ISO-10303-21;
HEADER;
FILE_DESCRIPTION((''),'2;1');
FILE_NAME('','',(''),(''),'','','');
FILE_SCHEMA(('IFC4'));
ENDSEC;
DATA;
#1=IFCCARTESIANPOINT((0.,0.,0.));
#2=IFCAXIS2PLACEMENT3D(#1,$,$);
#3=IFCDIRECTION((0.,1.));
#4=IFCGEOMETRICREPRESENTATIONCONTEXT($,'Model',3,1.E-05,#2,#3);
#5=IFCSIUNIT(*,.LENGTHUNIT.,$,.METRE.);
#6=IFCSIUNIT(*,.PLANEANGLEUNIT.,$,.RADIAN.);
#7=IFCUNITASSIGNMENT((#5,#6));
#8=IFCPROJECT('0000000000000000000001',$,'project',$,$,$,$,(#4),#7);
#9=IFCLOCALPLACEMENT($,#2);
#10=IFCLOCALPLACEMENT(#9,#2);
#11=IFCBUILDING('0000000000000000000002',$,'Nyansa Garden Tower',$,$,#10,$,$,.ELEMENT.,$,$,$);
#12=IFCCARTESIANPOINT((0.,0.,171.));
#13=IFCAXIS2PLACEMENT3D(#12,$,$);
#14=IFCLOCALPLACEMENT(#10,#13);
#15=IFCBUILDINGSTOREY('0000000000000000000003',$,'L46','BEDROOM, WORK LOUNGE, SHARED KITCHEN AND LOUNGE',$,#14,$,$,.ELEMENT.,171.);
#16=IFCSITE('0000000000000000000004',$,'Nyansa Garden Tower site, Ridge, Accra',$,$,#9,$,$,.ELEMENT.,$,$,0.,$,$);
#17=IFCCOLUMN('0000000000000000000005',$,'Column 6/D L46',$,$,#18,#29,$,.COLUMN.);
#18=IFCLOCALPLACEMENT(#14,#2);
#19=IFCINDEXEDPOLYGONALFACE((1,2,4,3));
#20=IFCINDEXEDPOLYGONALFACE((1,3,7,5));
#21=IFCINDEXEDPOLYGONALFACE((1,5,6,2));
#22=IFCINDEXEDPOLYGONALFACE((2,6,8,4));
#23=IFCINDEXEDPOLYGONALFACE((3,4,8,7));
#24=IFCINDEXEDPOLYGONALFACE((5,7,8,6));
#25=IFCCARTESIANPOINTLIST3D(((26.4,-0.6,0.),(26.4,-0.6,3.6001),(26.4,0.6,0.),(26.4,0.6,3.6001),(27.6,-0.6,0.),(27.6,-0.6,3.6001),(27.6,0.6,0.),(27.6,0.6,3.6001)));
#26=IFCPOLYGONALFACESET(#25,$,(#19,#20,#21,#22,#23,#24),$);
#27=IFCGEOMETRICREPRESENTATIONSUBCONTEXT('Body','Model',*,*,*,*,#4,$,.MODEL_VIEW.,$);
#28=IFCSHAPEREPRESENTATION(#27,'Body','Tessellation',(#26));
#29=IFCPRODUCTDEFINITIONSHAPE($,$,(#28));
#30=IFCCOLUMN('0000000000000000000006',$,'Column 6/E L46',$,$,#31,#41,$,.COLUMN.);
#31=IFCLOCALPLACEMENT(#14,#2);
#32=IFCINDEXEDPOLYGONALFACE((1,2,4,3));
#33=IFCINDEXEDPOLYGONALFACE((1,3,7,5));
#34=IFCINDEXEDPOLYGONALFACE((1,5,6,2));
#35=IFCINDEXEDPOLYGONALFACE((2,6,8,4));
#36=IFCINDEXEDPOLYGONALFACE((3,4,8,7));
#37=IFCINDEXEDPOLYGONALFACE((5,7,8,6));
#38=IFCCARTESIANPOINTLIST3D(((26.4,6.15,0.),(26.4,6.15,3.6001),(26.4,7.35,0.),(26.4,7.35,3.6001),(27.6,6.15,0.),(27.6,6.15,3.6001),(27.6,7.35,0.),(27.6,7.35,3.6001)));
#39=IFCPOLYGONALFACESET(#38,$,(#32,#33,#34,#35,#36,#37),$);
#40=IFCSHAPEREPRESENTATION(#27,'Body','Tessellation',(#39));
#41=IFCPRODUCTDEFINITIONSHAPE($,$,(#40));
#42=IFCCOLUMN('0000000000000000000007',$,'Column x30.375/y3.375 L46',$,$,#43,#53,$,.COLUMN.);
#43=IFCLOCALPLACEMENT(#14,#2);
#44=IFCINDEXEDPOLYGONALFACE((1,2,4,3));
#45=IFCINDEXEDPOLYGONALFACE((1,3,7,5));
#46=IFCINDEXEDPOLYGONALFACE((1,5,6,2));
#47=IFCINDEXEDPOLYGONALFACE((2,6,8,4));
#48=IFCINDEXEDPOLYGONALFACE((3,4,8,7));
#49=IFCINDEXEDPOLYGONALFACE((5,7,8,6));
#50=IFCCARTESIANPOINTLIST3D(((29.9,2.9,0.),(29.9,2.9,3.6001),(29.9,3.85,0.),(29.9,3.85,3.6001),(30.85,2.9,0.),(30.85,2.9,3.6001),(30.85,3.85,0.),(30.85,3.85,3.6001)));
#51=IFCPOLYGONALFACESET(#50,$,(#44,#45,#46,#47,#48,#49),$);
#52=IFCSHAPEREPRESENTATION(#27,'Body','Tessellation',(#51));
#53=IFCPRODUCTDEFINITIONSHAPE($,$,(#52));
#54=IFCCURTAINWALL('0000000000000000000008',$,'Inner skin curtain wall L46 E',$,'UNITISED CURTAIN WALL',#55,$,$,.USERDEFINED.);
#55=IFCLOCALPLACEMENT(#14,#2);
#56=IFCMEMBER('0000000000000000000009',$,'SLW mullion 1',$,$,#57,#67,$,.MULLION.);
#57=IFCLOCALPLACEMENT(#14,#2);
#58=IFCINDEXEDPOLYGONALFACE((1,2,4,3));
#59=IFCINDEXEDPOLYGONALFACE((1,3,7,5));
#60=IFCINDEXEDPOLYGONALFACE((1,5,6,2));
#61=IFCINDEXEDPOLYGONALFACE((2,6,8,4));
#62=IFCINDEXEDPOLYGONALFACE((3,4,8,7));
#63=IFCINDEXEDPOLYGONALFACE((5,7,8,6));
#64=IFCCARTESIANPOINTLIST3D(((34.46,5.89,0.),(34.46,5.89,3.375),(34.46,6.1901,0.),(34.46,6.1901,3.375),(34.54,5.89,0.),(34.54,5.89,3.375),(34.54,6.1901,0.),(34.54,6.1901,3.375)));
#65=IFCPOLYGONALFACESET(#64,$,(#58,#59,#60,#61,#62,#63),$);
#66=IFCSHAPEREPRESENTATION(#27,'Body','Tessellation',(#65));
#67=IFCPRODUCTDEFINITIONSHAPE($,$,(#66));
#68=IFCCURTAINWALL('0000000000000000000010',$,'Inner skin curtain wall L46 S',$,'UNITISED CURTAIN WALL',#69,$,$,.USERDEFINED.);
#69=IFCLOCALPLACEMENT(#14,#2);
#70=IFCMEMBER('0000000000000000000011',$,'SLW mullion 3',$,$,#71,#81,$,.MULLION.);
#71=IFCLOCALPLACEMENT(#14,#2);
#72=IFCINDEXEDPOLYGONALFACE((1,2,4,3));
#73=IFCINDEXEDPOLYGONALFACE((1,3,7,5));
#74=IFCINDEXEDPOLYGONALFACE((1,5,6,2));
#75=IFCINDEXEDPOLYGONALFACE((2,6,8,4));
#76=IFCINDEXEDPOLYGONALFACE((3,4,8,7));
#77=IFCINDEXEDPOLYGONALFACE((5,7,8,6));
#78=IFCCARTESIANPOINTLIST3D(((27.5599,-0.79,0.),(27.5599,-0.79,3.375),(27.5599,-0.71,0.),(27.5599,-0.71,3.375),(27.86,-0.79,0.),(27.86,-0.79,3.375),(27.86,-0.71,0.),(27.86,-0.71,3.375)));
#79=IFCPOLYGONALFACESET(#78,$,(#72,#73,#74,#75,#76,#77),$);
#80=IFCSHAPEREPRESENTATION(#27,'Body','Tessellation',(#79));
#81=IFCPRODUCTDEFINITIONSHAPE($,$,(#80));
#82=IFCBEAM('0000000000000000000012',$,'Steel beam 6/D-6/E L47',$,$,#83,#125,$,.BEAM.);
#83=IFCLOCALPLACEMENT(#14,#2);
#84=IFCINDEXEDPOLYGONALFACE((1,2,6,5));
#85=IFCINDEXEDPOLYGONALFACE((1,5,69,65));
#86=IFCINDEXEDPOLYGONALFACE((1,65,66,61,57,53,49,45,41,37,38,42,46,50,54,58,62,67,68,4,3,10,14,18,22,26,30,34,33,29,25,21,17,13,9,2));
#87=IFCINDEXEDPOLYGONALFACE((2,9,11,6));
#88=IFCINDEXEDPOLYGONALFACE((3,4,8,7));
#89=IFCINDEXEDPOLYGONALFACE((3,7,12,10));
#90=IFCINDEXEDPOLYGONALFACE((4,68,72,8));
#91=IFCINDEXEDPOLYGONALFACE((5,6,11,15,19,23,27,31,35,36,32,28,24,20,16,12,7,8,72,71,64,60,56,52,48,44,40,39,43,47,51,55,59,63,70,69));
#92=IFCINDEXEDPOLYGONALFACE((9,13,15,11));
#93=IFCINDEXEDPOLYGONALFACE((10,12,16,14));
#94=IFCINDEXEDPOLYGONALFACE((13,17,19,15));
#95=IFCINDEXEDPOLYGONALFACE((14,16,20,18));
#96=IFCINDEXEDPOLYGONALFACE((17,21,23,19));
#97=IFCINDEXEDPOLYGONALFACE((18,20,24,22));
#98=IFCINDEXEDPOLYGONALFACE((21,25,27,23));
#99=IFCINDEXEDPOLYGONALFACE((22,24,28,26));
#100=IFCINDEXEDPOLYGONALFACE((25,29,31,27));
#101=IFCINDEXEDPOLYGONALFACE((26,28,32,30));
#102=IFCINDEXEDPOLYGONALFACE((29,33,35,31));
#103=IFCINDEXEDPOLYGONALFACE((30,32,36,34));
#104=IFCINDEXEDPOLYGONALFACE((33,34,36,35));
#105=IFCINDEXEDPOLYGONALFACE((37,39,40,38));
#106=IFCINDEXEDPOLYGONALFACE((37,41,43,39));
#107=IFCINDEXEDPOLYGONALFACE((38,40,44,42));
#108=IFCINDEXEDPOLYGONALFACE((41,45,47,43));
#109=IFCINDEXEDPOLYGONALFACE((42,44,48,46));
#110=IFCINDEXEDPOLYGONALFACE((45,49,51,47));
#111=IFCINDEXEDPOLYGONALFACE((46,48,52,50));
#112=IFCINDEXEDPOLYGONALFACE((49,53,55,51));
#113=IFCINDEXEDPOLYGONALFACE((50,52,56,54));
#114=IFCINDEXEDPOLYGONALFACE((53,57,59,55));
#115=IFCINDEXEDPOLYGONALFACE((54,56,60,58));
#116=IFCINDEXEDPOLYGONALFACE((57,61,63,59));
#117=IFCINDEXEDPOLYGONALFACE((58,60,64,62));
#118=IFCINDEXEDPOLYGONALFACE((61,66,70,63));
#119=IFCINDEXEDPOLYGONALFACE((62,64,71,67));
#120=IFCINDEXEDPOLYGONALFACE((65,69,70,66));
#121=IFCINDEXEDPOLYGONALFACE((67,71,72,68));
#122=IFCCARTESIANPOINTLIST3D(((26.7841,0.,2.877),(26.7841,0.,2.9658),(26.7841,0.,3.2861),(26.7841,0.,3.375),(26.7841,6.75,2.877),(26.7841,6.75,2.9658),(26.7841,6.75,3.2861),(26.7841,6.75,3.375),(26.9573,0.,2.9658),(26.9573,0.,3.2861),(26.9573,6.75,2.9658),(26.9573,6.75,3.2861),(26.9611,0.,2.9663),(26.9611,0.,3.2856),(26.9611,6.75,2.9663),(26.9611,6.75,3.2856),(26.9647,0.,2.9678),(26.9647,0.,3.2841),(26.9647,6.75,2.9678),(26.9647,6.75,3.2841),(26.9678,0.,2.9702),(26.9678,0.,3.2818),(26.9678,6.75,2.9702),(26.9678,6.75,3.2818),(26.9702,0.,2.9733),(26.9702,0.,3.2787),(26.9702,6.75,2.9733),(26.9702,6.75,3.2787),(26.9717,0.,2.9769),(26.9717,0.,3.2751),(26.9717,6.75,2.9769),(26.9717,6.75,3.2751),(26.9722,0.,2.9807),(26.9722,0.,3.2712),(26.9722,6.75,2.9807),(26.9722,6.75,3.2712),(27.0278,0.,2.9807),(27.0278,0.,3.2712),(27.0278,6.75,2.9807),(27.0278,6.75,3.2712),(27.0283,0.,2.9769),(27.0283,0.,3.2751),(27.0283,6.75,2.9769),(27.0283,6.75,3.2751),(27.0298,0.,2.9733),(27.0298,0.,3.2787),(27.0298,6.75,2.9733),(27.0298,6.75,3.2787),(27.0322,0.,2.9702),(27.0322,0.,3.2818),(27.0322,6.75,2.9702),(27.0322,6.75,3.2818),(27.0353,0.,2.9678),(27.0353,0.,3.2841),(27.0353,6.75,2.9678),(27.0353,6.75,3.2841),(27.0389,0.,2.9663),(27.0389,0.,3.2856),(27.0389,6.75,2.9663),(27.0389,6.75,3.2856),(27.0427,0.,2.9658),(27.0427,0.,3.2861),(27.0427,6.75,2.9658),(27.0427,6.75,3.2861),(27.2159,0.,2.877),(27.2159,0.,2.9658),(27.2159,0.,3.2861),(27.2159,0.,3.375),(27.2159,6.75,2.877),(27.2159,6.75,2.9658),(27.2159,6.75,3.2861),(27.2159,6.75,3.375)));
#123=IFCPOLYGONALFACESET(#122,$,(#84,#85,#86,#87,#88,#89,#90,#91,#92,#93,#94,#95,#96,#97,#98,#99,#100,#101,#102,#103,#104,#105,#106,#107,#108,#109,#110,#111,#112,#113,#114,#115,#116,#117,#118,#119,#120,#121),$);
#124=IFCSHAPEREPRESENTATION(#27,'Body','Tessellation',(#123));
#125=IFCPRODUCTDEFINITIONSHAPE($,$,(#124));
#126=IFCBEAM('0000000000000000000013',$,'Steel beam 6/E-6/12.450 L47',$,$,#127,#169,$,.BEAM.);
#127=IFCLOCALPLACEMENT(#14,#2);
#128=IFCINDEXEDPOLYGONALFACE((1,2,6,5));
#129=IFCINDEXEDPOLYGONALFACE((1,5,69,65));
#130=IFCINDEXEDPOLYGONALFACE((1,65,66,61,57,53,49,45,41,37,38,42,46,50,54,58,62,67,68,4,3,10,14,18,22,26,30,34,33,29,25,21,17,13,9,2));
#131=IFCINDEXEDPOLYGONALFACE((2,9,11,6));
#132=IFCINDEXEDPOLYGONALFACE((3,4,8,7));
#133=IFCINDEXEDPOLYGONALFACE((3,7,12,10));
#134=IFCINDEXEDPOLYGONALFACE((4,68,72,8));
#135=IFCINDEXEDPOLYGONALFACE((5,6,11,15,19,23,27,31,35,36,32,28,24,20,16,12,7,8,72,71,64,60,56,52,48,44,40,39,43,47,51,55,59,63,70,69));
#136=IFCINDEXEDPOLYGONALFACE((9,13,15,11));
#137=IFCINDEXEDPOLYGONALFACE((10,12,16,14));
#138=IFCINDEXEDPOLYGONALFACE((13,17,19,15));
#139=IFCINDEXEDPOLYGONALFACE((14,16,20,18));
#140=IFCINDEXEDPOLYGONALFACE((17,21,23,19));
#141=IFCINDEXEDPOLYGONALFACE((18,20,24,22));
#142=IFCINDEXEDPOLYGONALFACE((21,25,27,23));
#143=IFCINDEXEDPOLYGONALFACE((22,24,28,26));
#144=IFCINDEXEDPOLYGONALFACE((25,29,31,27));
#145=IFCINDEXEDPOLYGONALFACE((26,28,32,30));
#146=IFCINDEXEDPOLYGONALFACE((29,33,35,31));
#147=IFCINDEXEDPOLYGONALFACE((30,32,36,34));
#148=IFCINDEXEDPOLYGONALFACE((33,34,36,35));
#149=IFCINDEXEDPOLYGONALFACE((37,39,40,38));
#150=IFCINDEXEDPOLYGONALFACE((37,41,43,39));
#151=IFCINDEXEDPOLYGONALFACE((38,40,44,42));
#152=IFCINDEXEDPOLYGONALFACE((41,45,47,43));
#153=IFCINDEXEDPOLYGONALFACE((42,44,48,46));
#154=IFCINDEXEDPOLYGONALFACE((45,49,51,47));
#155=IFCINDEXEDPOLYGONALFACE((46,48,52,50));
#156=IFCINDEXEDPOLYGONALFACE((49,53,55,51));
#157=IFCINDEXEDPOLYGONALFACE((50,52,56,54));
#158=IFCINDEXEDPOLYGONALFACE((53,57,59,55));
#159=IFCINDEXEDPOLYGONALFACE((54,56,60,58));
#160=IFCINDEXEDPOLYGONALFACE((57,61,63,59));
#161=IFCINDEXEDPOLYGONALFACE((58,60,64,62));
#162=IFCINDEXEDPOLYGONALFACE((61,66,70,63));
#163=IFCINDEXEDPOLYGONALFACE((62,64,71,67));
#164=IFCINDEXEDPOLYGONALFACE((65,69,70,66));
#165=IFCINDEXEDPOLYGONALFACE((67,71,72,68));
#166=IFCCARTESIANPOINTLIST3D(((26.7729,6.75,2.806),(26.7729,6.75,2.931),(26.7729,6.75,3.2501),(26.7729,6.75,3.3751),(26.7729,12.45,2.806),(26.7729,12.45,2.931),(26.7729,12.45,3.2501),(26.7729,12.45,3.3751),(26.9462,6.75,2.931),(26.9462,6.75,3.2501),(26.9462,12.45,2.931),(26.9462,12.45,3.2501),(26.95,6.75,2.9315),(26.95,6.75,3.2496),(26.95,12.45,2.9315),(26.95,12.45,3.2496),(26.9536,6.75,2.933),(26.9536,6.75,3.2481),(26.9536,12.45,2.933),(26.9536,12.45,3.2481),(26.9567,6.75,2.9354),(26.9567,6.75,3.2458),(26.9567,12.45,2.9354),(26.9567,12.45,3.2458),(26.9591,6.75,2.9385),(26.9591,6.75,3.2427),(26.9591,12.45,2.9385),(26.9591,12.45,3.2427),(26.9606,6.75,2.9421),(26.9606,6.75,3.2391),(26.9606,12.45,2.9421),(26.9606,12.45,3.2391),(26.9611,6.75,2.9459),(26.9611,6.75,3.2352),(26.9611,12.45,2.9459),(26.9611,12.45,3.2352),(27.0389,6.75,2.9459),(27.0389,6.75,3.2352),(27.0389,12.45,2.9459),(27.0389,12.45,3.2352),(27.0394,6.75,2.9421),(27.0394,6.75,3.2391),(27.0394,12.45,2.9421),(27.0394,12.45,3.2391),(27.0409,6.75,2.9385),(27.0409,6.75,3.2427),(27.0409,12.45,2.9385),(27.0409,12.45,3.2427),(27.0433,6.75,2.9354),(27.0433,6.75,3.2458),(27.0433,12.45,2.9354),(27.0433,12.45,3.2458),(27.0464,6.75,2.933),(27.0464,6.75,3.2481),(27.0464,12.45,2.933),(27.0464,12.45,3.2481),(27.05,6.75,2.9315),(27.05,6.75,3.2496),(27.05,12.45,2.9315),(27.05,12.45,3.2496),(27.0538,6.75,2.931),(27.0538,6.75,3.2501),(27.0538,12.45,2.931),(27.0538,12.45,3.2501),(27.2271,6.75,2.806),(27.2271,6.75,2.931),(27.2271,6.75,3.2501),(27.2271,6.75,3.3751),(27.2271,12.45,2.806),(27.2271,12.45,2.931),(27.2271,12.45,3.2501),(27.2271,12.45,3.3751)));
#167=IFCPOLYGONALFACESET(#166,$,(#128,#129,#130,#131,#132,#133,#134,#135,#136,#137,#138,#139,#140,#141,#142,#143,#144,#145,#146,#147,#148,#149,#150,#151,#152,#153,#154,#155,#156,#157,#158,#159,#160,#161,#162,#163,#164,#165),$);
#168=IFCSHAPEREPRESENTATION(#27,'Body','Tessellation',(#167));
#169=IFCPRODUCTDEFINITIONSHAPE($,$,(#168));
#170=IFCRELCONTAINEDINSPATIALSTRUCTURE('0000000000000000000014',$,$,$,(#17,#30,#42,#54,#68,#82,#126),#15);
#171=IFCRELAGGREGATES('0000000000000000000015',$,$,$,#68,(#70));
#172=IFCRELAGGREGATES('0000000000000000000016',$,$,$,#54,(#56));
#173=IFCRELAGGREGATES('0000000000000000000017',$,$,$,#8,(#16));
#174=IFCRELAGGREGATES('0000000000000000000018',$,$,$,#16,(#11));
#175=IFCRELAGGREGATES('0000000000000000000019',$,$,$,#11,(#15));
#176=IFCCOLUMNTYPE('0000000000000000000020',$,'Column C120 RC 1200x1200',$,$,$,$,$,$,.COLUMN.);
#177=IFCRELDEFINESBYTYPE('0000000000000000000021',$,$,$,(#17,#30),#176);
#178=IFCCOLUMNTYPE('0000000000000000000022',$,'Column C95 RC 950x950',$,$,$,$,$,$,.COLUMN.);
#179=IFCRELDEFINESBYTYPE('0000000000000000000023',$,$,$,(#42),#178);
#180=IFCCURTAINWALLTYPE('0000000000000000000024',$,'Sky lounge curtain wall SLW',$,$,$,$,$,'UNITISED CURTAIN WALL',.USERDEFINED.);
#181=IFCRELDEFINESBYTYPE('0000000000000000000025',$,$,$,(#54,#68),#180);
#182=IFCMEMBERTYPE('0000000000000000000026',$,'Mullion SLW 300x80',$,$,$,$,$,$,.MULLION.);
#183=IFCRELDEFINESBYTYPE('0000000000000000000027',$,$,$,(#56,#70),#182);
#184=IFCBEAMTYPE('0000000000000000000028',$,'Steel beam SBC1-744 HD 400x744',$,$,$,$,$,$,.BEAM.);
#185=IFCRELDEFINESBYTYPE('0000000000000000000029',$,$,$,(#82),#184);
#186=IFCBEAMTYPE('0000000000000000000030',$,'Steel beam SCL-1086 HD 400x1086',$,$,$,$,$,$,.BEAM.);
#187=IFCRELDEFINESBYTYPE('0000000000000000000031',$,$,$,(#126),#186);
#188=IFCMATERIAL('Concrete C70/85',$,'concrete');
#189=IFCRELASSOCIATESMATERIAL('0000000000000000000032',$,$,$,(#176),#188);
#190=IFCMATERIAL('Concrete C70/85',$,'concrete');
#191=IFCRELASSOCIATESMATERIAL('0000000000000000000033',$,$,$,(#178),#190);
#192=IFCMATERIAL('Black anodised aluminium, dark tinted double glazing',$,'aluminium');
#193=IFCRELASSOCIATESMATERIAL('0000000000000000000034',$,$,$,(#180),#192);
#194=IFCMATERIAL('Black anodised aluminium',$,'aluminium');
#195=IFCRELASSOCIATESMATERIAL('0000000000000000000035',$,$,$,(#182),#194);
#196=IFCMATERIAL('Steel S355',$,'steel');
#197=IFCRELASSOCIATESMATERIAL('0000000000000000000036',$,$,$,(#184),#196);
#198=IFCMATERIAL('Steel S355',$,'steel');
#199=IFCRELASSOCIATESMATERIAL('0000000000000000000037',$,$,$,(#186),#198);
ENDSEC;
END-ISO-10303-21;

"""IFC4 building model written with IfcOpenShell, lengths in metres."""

from ifc_helpers import new_model, si_unit, direction, frame, origin, origin_2d, place, context, subcontext, project, spatial, rectangle, i_section, extrude, material, material_profile, profile_set, type_object, element, aggregate, save


model = new_model("IFC4")

# Units and contexts
model_context = context("Model", 3, precision=1e-05, world=origin(), true_north=direction((0.0, 1.0)))
body_context = subcontext(model_context, "Body", "Model", "MODEL_VIEW")
ifc_project = project(units=[si_unit("LENGTHUNIT", "METRE"), si_unit("PLANEANGLEUNIT", "RADIAN")], contexts=[model_context])

# Site, building, storey
site_placement = place(None, origin())
site = spatial("IfcSite", under=ifc_project, at=site_placement, Name="Nyansa Garden Tower site, Ridge, Accra", CompositionType="ELEMENT", RefElevation=0.0)
building_placement = place(site_placement, origin())
building = spatial("IfcBuilding", under=site, at=building_placement, Name="Nyansa Garden Tower", CompositionType="ELEMENT")
storey_placement = place(building_placement, frame((0.0, 0.0, 171.0)))
storey = spatial("IfcBuildingStorey", under=building, at=storey_placement, Name="L46", Description="BEDROOM, WORK LOUNGE, SHARED KITCHEN AND LOUNGE", CompositionType="ELEMENT", Elevation=171.0)

# Columns
ifc_material_1 = material(Name="Concrete C70/85", Category="concrete")
ifc_material_profile_1 = material_profile(ifc_material_1, rectangle(XDim=1.2, YDim=1.2, at=origin_2d()), Name="RC 1200x1200")
ifc_profile_set_1 = profile_set([ifc_material_profile_1], Name="Concrete C70/85")
column_type_1 = type_object("IfcColumnType", Name="Column C120 RC 1200x1200", PredefinedType="COLUMN", material=ifc_profile_set_1)
for number, where, z_axis, x_axis, name in (
    (1, (27.0, 0.0, 0.0), (0.0, 0.0, 1.0), (1.0, 0.0, 0.0), "Column 6/D L46"),
    (2, (27.0, 6.75, 0.0), (0.0, 0.0, 1.0), (1.0, 0.0, 0.0), "Column 6/E L46"),
):
    element("IfcColumn", number, at=place(storey_placement, frame(where, z_axis=z_axis, x_axis=x_axis)), inside=storey, type_object=column_type_1, Name=name, PredefinedType="COLUMN", context=body_context, shape_type="SweptSolid", body=[
        extrude(rectangle(XDim=1.2, YDim=1.2, at=origin_2d()), origin(), (0.0, 0.0, 1.0), 3.6001),
    ])
ifc_material_2 = material(Name="Concrete C70/85", Category="concrete")
ifc_material_profile_2 = material_profile(ifc_material_2, rectangle(XDim=0.95, YDim=0.95, at=origin_2d()), Name="RC 950x950")
ifc_profile_set_2 = profile_set([ifc_material_profile_2], Name="Concrete C70/85")
column_type_2 = type_object("IfcColumnType", Name="Column C95 RC 950x950", PredefinedType="COLUMN", material=ifc_profile_set_2)
column_placement = place(storey_placement, frame((30.375, 3.375, 0.0), z_axis=(0.0, 0.0, 1.0), x_axis=(1.0, 0.0, 0.0)))
element("IfcColumn", 3, at=column_placement, inside=storey, type_object=column_type_2, Name="Column x30.375/y3.375 L46", PredefinedType="COLUMN", context=body_context, shape_type="SweptSolid", body=[
    extrude(rectangle(XDim=0.95, YDim=0.95, at=origin_2d()), origin(), (0.0, 0.0, 1.0), 3.6001),
])

# Curtain walls, members
ifc_material_3 = material(Name="Black anodised aluminium, dark tinted double glazing", Category="aluminium")
curtain_wall_type = type_object("IfcCurtainWallType", Name="Sky lounge curtain wall SLW", ElementType="UNITISED CURTAIN WALL", PredefinedType="USERDEFINED", material=ifc_material_3)
curtain_wall_1_placement = place(storey_placement, origin())
curtain_wall_1 = element("IfcCurtainWall", 4, at=curtain_wall_1_placement, inside=storey, type_object=curtain_wall_type, Name="Inner skin curtain wall L46 E", ObjectType="UNITISED CURTAIN WALL", PredefinedType="USERDEFINED")
ifc_material_4 = material(Name="Black anodised aluminium", Category="aluminium")
ifc_material_profile_3 = material_profile(ifc_material_4, rectangle(XDim=0.0801, YDim=0.3, at=origin_2d()), Name="Mullion 300x80")
ifc_profile_set_3 = profile_set([ifc_material_profile_3], Name="Black anodised aluminium")
member_type_1 = type_object("IfcMemberType", Name="Mullion SLW 300x80", PredefinedType="MULLION", material=ifc_profile_set_3)
member_1_placement = place(storey_placement, frame((34.5, 6.04, 0.0), z_axis=(0.0, 0.0, 1.0), x_axis=(-1.0, 0.0, 0.0)))
member_1 = element("IfcMember", 5, at=member_1_placement, type_object=member_type_1, Name="SLW mullion 1", PredefinedType="MULLION", context=body_context, shape_type="SweptSolid", body=[
    extrude(rectangle(XDim=0.0801, YDim=0.3, at=origin_2d()), origin(), (0.0, 0.0, 1.0), 3.375),
])
curtain_wall_2_placement = place(storey_placement, origin())
curtain_wall_2 = element("IfcCurtainWall", 6, at=curtain_wall_2_placement, inside=storey, type_object=curtain_wall_type, Name="Inner skin curtain wall L46 S", ObjectType="UNITISED CURTAIN WALL", PredefinedType="USERDEFINED")
member_2_placement = place(storey_placement, frame((27.71, -0.75, 0.0), z_axis=(0.0, 0.0, 1.0), x_axis=(0.0, 1.0, 0.0)))
member_2 = element("IfcMember", 7, at=member_2_placement, type_object=member_type_1, Name="SLW mullion 3", PredefinedType="MULLION", context=body_context, shape_type="SweptSolid", body=[
    extrude(rectangle(XDim=0.0801, YDim=0.3, at=origin_2d()), origin(), (0.0, 0.0, 1.0), 3.375),
])
aggregate(curtain_wall_2, [member_2])

# Beams
ifc_material_5 = material(Name="Steel S355", Category="steel")
ifc_material_profile_4 = material_profile(ifc_material_5, i_section(OverallWidth=0.4319, OverallDepth=0.498, WebThickness=0.0557, FlangeThickness=0.0889, FilletRadius=0.0149, at=origin_2d()), Name="HD 400x744")
ifc_profile_set_4 = profile_set([ifc_material_profile_4], Name="Steel S355")
beam_type_1 = type_object("IfcBeamType", Name="Steel beam SBC1-744 HD 400x744", PredefinedType="BEAM", material=ifc_profile_set_4)
beam_1_placement = place(storey_placement, frame((27.0, 0.0, 3.126), z_axis=(0.0, 1.0, 0.0), x_axis=(-1.0, 0.0, 0.0)))
element("IfcBeam", 8, at=beam_1_placement, inside=storey, type_object=beam_type_1, Name="Steel beam 6/D-6/E L47", PredefinedType="BEAM", context=body_context, shape_type="SweptSolid", body=[
    extrude(i_section(OverallWidth=0.4319, OverallDepth=0.498, WebThickness=0.0557, FlangeThickness=0.0889, FilletRadius=0.0149, at=origin_2d()), origin(), (0.0, 0.0, 1.0), 6.75),
])
ifc_material_6 = material(Name="Steel S355", Category="steel")
ifc_material_profile_5 = material_profile(ifc_material_6, i_section(OverallWidth=0.4541, OverallDepth=0.5691, WebThickness=0.0779, FlangeThickness=0.125, FilletRadius=0.0149, at=origin_2d()), Name="HD 400x1086")
ifc_profile_set_5 = profile_set([ifc_material_profile_5], Name="Steel S355")
beam_type_2 = type_object("IfcBeamType", Name="Steel beam SCL-1086 HD 400x1086", PredefinedType="BEAM", material=ifc_profile_set_5)
beam_2_placement = place(storey_placement, frame((27.0, 6.75, 3.0906), z_axis=(0.0, 1.0, 0.0), x_axis=(-1.0, 0.0, 0.0)))
element("IfcBeam", 9, at=beam_2_placement, inside=storey, type_object=beam_type_2, Name="Steel beam 6/E-6/12.450 L47", PredefinedType="BEAM", context=body_context, shape_type="SweptSolid", body=[
    extrude(i_section(OverallWidth=0.4541, OverallDepth=0.5691, WebThickness=0.0779, FlangeThickness=0.125, FilletRadius=0.0149, at=origin_2d()), origin(), (0.0, 0.0, 1.0), 5.7),
])

aggregate(curtain_wall_1, [member_1])

save(model, "model.ifc")
